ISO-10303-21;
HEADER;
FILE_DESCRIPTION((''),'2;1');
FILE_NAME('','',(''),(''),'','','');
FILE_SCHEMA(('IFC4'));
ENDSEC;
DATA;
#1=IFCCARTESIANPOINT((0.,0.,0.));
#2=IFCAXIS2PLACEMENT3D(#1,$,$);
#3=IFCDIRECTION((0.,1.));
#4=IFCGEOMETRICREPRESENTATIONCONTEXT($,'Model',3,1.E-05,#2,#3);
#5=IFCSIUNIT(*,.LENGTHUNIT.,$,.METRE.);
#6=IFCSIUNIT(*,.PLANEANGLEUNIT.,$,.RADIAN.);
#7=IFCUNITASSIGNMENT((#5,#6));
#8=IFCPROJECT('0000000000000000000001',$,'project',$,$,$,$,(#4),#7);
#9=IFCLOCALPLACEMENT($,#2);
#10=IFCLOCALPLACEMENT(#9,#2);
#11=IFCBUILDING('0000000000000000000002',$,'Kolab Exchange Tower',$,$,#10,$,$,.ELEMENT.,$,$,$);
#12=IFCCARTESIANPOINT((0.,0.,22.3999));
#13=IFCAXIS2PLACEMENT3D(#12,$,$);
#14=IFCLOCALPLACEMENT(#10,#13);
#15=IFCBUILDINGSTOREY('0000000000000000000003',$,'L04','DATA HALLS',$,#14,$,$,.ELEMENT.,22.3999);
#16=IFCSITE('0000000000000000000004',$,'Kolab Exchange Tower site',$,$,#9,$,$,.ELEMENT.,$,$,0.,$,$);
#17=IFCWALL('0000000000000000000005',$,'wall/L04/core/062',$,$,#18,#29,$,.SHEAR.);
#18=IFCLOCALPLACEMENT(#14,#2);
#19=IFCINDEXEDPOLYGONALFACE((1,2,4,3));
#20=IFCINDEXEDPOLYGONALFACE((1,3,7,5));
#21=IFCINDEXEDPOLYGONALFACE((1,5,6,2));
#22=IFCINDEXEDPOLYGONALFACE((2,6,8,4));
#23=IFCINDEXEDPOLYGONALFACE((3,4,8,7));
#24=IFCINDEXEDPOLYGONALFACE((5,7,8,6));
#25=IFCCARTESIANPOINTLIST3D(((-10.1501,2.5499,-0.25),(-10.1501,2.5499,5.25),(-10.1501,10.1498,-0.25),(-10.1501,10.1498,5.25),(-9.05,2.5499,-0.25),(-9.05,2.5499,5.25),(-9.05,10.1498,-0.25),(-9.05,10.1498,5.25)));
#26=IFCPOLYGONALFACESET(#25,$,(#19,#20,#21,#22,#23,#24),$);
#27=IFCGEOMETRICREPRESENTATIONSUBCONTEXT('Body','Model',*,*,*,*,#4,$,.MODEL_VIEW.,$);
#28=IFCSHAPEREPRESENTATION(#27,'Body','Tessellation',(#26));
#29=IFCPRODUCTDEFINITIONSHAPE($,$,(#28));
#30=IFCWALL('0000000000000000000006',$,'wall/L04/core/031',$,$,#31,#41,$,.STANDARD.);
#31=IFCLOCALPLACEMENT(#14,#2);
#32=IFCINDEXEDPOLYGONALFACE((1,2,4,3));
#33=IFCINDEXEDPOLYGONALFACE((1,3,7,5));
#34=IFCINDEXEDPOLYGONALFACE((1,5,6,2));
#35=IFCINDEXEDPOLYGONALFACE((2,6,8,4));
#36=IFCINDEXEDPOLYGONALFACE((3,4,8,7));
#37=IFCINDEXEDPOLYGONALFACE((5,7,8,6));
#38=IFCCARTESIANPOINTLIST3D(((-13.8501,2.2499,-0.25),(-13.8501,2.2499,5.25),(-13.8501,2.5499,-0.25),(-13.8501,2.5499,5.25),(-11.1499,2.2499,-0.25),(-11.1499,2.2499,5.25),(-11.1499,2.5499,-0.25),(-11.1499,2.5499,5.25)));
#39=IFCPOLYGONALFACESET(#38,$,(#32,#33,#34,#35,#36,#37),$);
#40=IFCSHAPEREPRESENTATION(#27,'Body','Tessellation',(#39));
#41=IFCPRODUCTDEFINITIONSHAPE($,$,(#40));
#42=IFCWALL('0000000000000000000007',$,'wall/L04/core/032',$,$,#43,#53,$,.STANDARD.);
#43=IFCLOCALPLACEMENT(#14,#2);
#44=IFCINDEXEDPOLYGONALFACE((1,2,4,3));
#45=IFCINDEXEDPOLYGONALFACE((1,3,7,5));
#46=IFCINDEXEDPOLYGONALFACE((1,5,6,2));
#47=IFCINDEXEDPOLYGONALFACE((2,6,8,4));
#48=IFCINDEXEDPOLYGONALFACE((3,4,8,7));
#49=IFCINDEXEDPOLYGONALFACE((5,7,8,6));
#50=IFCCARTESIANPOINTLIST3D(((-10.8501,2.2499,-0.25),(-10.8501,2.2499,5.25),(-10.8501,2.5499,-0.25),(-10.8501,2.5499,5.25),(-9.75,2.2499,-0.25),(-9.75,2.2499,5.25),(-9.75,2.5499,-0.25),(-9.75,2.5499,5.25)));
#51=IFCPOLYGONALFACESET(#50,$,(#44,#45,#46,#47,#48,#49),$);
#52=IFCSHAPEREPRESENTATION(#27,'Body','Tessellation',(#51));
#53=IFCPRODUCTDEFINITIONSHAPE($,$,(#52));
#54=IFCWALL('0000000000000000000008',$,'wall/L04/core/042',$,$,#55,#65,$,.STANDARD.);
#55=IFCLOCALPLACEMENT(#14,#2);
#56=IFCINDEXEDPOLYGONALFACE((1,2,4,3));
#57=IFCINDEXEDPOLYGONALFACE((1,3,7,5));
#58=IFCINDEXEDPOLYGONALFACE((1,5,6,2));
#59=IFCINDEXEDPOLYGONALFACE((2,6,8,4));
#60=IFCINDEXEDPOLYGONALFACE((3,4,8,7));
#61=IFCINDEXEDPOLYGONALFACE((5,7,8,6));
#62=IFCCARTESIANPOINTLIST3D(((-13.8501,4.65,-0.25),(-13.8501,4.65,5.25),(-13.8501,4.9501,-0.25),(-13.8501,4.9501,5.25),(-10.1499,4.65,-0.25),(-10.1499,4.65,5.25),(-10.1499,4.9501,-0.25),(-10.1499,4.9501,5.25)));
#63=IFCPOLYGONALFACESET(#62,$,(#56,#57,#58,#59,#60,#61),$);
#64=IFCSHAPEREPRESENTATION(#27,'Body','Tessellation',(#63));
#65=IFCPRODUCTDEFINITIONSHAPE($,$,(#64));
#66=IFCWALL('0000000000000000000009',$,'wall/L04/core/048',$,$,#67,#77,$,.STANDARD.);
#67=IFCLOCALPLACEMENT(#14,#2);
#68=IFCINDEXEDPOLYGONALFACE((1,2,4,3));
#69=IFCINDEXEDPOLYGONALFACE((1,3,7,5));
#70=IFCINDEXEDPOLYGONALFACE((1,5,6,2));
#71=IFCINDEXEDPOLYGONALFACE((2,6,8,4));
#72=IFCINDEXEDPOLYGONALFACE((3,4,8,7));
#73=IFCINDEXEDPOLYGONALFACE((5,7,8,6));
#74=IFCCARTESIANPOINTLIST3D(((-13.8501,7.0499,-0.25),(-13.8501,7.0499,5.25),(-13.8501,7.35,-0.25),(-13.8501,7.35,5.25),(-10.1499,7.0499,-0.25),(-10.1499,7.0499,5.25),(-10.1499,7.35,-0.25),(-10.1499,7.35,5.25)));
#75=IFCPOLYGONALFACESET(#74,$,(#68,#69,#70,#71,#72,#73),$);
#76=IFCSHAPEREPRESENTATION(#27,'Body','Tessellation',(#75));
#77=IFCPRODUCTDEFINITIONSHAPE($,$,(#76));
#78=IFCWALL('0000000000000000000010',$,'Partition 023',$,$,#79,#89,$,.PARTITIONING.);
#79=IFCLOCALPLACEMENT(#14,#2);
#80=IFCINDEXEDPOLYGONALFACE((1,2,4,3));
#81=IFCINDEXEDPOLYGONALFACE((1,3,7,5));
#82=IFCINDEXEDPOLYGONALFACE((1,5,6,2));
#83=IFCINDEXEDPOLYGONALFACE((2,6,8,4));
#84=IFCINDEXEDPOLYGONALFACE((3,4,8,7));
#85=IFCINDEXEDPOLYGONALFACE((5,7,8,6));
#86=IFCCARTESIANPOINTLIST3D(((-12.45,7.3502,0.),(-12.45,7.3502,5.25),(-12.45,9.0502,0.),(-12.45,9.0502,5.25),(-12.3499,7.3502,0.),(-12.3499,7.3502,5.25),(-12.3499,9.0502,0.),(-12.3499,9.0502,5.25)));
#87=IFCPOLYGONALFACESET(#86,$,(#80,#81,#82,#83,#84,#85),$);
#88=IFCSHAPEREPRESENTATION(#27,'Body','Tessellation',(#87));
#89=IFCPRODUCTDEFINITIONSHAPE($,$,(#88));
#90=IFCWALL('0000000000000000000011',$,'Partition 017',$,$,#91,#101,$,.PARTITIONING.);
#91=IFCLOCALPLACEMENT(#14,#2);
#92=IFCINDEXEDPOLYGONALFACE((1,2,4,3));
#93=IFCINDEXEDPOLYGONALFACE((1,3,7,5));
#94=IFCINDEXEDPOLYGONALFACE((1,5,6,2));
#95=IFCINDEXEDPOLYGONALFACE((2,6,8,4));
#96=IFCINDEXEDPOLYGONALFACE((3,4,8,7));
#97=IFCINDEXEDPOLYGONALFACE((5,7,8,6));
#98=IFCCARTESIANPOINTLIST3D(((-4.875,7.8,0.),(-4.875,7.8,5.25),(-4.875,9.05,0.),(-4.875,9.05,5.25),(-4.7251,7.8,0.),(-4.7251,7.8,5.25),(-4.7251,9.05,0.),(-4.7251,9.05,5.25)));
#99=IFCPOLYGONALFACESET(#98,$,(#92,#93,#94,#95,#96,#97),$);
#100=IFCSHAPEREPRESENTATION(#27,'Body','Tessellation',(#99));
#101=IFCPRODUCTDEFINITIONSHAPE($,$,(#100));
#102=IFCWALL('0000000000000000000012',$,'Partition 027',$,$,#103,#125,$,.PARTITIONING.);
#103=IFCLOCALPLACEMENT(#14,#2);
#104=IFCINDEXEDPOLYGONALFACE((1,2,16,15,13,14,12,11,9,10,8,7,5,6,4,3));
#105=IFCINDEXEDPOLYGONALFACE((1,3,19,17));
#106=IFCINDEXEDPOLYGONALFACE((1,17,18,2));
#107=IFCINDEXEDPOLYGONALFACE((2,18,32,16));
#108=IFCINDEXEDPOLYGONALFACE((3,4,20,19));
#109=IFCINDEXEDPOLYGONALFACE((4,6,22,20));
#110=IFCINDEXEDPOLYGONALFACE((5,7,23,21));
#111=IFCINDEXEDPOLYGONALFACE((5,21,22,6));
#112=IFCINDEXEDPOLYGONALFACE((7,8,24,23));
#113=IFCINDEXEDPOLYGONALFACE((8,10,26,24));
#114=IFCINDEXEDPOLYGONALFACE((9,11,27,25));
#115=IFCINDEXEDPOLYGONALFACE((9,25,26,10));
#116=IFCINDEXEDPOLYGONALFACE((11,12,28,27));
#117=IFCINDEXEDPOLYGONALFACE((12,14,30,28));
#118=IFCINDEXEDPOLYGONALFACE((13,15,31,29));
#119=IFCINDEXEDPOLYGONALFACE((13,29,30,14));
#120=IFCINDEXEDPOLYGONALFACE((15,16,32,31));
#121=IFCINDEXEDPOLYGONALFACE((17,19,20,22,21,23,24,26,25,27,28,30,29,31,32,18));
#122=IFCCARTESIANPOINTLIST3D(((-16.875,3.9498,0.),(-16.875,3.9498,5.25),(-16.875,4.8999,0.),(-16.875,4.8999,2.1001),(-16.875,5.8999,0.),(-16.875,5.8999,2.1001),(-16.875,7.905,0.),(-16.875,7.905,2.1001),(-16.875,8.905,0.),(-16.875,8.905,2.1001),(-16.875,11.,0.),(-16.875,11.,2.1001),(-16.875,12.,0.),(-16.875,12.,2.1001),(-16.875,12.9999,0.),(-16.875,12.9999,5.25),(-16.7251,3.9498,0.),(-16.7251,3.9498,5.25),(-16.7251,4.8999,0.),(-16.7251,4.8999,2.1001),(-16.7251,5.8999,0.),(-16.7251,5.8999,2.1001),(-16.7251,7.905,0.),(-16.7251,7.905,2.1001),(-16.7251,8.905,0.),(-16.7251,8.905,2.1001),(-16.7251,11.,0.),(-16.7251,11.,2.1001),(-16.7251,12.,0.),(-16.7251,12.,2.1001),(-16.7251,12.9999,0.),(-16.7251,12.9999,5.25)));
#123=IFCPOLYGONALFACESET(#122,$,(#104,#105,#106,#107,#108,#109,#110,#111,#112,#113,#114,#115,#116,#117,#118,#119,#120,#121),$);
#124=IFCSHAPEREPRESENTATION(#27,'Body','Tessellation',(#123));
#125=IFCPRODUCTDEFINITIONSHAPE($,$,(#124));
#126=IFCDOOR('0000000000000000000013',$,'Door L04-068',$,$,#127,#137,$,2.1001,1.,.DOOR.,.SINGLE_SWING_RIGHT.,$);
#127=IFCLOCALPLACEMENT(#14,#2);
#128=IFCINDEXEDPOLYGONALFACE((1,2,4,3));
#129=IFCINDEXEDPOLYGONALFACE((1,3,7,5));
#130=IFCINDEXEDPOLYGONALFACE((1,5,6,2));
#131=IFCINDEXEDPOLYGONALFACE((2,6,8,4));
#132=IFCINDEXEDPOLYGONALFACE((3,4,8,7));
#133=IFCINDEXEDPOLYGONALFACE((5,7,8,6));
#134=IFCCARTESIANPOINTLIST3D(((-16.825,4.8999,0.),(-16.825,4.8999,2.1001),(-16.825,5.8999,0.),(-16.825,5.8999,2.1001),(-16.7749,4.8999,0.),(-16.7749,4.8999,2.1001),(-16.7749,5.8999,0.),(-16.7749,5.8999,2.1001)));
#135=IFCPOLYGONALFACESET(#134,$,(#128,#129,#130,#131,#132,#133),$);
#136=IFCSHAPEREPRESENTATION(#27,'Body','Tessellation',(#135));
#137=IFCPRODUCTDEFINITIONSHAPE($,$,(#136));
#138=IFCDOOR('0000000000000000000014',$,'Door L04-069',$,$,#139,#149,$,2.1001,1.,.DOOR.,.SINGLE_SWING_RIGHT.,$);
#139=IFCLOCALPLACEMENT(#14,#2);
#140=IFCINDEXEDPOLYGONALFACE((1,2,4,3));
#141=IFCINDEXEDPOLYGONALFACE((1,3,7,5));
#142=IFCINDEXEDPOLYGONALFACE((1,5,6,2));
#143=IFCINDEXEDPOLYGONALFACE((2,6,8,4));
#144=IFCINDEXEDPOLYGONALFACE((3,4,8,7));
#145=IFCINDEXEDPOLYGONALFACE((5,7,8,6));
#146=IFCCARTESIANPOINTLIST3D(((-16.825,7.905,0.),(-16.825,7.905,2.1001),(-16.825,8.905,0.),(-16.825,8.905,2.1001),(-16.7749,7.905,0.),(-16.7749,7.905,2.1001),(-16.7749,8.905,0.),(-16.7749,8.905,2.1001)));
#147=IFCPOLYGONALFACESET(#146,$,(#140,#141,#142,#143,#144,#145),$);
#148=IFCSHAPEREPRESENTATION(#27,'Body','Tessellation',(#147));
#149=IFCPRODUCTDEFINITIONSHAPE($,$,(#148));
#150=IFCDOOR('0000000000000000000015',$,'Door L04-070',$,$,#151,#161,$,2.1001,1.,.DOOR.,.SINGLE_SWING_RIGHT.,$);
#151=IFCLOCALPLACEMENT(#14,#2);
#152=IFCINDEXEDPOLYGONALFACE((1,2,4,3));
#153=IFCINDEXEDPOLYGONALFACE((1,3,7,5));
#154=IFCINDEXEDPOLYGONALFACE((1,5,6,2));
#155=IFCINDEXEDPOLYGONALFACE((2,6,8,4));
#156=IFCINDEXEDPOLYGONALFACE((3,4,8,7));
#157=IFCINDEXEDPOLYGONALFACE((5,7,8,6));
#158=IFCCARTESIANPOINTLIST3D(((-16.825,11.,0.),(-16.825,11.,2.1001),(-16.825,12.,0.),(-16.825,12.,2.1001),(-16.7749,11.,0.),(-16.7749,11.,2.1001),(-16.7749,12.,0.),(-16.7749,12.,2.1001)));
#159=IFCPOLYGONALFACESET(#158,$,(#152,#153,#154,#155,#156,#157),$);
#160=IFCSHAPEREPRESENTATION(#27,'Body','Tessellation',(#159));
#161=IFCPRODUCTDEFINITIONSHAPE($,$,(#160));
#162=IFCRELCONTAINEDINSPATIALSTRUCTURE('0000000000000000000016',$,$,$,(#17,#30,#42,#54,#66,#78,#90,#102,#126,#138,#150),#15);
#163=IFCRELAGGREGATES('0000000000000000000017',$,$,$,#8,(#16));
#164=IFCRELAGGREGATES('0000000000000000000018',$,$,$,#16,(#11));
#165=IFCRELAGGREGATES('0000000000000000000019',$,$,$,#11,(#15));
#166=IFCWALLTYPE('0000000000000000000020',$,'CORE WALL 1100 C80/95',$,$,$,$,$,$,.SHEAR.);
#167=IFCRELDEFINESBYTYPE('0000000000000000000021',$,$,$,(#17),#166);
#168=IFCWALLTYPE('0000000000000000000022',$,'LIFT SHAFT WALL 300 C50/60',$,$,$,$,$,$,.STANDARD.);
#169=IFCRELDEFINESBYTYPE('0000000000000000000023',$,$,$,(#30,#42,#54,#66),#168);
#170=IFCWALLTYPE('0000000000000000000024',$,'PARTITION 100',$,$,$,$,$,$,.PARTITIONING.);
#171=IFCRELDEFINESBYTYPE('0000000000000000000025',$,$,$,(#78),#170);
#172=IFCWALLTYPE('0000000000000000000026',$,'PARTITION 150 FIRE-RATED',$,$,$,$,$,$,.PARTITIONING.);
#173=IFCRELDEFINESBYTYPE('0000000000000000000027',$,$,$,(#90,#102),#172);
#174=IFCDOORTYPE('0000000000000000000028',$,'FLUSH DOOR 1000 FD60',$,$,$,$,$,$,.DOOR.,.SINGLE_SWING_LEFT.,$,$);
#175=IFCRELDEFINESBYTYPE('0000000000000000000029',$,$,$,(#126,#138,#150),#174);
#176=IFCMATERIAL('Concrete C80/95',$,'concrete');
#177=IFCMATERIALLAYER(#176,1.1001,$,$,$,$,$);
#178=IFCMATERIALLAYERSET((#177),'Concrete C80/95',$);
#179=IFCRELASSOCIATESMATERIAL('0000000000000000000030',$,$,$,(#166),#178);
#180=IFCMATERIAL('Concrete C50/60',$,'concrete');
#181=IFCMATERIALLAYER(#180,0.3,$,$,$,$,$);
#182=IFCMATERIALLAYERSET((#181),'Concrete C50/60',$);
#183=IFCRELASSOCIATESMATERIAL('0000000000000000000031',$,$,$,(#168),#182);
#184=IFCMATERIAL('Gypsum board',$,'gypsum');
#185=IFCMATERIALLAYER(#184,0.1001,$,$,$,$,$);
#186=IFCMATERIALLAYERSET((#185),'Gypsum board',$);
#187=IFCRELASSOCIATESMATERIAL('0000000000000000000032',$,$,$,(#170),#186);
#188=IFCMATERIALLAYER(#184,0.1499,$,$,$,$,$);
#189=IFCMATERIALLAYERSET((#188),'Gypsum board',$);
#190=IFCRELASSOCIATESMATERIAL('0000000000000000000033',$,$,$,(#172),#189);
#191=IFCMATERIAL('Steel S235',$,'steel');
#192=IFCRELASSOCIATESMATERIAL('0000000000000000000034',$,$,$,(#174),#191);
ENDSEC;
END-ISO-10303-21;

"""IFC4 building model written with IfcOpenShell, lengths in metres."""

from ifc_helpers import new_model, si_unit, direction, frame, frame_2d, origin, place, context, subcontext, project, spatial, rectangle, extrude, material, layer, layer_set, type_object, element, fill, save


model = new_model("IFC4")

# Units and contexts
model_context = context("Model", 3, precision=1e-05, world=origin(), true_north=direction((0.0, 1.0)))
body_context = subcontext(model_context, "Body", "Model", "MODEL_VIEW")
ifc_project = project(units=[si_unit("LENGTHUNIT", "METRE"), si_unit("PLANEANGLEUNIT", "RADIAN")], contexts=[model_context])

# Site, building, storey
site_placement = place(None, origin())
site = spatial("IfcSite", under=ifc_project, at=site_placement, Name="Kolab Exchange Tower site", CompositionType="ELEMENT", RefElevation=0.0)
building_placement = place(site_placement, origin())
building = spatial("IfcBuilding", under=site, at=building_placement, Name="Kolab Exchange Tower", CompositionType="ELEMENT")
storey_placement = place(building_placement, frame((0.0, 0.0, 22.3999)))
storey = spatial("IfcBuildingStorey", under=building, at=storey_placement, Name="L04", Description="DATA HALLS", CompositionType="ELEMENT", Elevation=22.3999)

# Walls
ifc_material_1 = material(Name="Concrete C80/95", Category="concrete")
ifc_layer_1 = layer(ifc_material_1, 1.1001)
ifc_layer_set_1 = layer_set([ifc_layer_1], Name="Concrete C80/95")
wall_type_1 = type_object("IfcWallType", Name="CORE WALL 1100 C80/95", PredefinedType="SHEAR", material=ifc_layer_set_1)
wall_1_placement = place(storey_placement, frame((-9.6001, 2.55, -0.25), z_axis=(0.0, 0.0, 1.0), x_axis=(0.0, 1.0, 0.0)))
element("IfcWall", 1, at=wall_1_placement, inside=storey, type_object=wall_type_1, Name="wall/L04/core/062", PredefinedType="SHEAR", context=body_context, shape_type="SweptSolid", body=[
    extrude(rectangle(XDim=7.5999, YDim=1.1001, at=frame_2d((3.7998, 0.0))), origin(), (0.0, 0.0, 1.0), 5.5),
])
ifc_material_2 = material(Name="Concrete C50/60", Category="concrete")
ifc_layer_2 = layer(ifc_material_2, 0.3)
ifc_layer_set_2 = layer_set([ifc_layer_2], Name="Concrete C50/60")
wall_type_2 = type_object("IfcWallType", Name="LIFT SHAFT WALL 300 C50/60", PredefinedType="STANDARD", material=ifc_layer_set_2)
wall_2_placement = place(storey_placement, frame((-13.8501, 2.3999, -0.25), z_axis=(0.0, 0.0, 1.0), x_axis=(1.0, 0.0, 0.0)))
element("IfcWall", 2, at=wall_2_placement, inside=storey, type_object=wall_type_2, Name="wall/L04/core/031", PredefinedType="STANDARD", context=body_context, shape_type="SweptSolid", body=[
    extrude(rectangle(XDim=2.7002, YDim=0.3, at=frame_2d((1.3501, 0.0))), origin(), (0.0, 0.0, 1.0), 5.5),
])
wall_3_placement = place(storey_placement, frame((-10.8501, 2.3999, -0.25), z_axis=(0.0, 0.0, 1.0), x_axis=(1.0, 0.0, 0.0)))
element("IfcWall", 3, at=wall_3_placement, inside=storey, type_object=wall_type_2, Name="wall/L04/core/032", PredefinedType="STANDARD", context=body_context, shape_type="SweptSolid", body=[
    extrude(rectangle(XDim=1.1001, YDim=0.3, at=frame_2d((0.55, 0.0))), origin(), (0.0, 0.0, 1.0), 5.5),
])
for number, where, z_axis, x_axis, name in (
    (4, (-13.8501, 4.8, -0.25), (0.0, 0.0, 1.0), (1.0, 0.0, 0.0), "wall/L04/core/042"),
    (5, (-13.8501, 7.2, -0.25), (0.0, 0.0, 1.0), (1.0, 0.0, 0.0), "wall/L04/core/048"),
):
    element("IfcWall", number, at=place(storey_placement, frame(where, z_axis=z_axis, x_axis=x_axis)), inside=storey, type_object=wall_type_2, Name=name, PredefinedType="STANDARD", context=body_context, shape_type="SweptSolid", body=[
        extrude(rectangle(XDim=3.7002, YDim=0.3, at=frame_2d((1.8501, 0.0))), origin(), (0.0, 0.0, 1.0), 5.5),
    ])
ifc_material_3 = material(Name="Gypsum board", Category="gypsum")
ifc_layer_3 = layer(ifc_material_3, 0.1001)
ifc_layer_set_3 = layer_set([ifc_layer_3], Name="Gypsum board")
wall_type_3 = type_object("IfcWallType", Name="PARTITION 100", PredefinedType="PARTITIONING", material=ifc_layer_set_3)
wall_4_placement = place(storey_placement, frame((-12.3999, 7.3501, 0.0), z_axis=(0.0, 0.0, 1.0), x_axis=(0.0, 1.0, 0.0)))
element("IfcWall", 6, at=wall_4_placement, inside=storey, type_object=wall_type_3, Name="Partition 023", PredefinedType="PARTITIONING", context=body_context, shape_type="SweptSolid", body=[
    extrude(rectangle(XDim=1.7, YDim=0.1001, at=frame_2d((0.8501, 0.0))), origin(), (0.0, 0.0, 1.0), 5.25),
])
ifc_layer_4 = layer(ifc_material_3, 0.1499)
ifc_layer_set_4 = layer_set([ifc_layer_4], Name="Gypsum board")
wall_type_4 = type_object("IfcWallType", Name="PARTITION 150 FIRE-RATED", PredefinedType="PARTITIONING", material=ifc_layer_set_4)
wall_5_placement = place(storey_placement, frame((-4.8, 7.8, 0.0), z_axis=(0.0, 0.0, 1.0), x_axis=(0.0, 1.0, 0.0)))
element("IfcWall", 7, at=wall_5_placement, inside=storey, type_object=wall_type_4, Name="Partition 017", PredefinedType="PARTITIONING", context=body_context, shape_type="SweptSolid", body=[
    extrude(rectangle(XDim=1.25, YDim=0.1499, at=frame_2d((0.625, 0.0))), origin(), (0.0, 0.0, 1.0), 5.25),
])

# Wall, openings, doors
wall_6_placement = place(storey_placement, frame((-16.8, 3.95, 0.0), z_axis=(0.0, 0.0, 1.0), x_axis=(0.0, 1.0, 0.0)))
wall_6 = element("IfcWall", 8, at=wall_6_placement, inside=storey, type_object=wall_type_4, Name="Partition 027", PredefinedType="PARTITIONING", context=body_context, shape_type="SweptSolid", body=[
    extrude(rectangle(XDim=9.05, YDim=0.1499, at=frame_2d((4.5249, 0.0))), origin(), (0.0, 0.0, 1.0), 5.25),
])
opening_1_placement = place(wall_6_placement, frame((0.95, 0.0, 0.0)))
opening_1 = element("IfcOpeningElement", 9, at=opening_1_placement, cuts=wall_6, PredefinedType="OPENING", context=body_context, shape_type="SweptSolid", body=[
    extrude(rectangle(XDim=1.0, YDim=2.1001, at=frame_2d((0.5, 1.05))), frame((0.0, 0.085, 0.0), z_axis=(0.0, -1.0, 0.0), x_axis=(1.0, 0.0, 0.0)), (0.0, 0.0, 1.0), 0.1699),
])
opening_2_placement = place(wall_6_placement, frame((3.9551, 0.0, 0.0)))
opening_2 = element("IfcOpeningElement", 10, at=opening_2_placement, cuts=wall_6, PredefinedType="OPENING", context=body_context, shape_type="SweptSolid", body=[
    extrude(rectangle(XDim=1.0, YDim=2.1001, at=frame_2d((0.5, 1.05))), frame((0.0, 0.085, 0.0), z_axis=(0.0, -1.0, 0.0), x_axis=(1.0, 0.0, 0.0)), (0.0, 0.0, 1.0), 0.1699),
])
opening_3_placement = place(wall_6_placement, frame((7.05, 0.0, 0.0)))
opening_3 = element("IfcOpeningElement", 11, at=opening_3_placement, cuts=wall_6, PredefinedType="OPENING", context=body_context, shape_type="SweptSolid", body=[
    extrude(rectangle(XDim=1.0, YDim=2.1001, at=frame_2d((0.5, 1.05))), frame((0.0, 0.085, 0.0), z_axis=(0.0, -1.0, 0.0), x_axis=(1.0, 0.0, 0.0)), (0.0, 0.0, 1.0), 0.1699),
])
ifc_material_4 = material(Name="Steel S235", Category="steel")
door_type_1 = type_object("IfcDoorType", Name="FLUSH DOOR 1000 FD60", OperationType="SINGLE_SWING_LEFT", PredefinedType="DOOR", material=ifc_material_4)
door_1_placement = place(opening_1_placement, origin())
door_1 = element("IfcDoor", 12, at=door_1_placement, inside=storey, type_object=door_type_1, Name="Door L04-068", OperationType="SINGLE_SWING_RIGHT", OverallHeight=2.1001, OverallWidth=1.0, PredefinedType="DOOR", context=body_context, shape_type="SweptSolid", body=[
    extrude(rectangle(XDim=1.0, YDim=2.1001, at=frame_2d((0.5, 1.05))), frame((0.0, 0.0249, 0.0), z_axis=(0.0, -1.0, 0.0), x_axis=(1.0, 0.0, 0.0)), (0.0, 0.0, 1.0), 0.05),
])
fill(opening_1, door_1)
door_2_placement = place(opening_2_placement, origin())
door_2 = element("IfcDoor", 13, at=door_2_placement, inside=storey, type_object=door_type_1, Name="Door L04-069", OperationType="SINGLE_SWING_RIGHT", OverallHeight=2.1001, OverallWidth=1.0, PredefinedType="DOOR", context=body_context, shape_type="SweptSolid", body=[
    extrude(rectangle(XDim=1.0, YDim=2.1001, at=frame_2d((0.5, 1.05))), frame((0.0, 0.0249, 0.0), z_axis=(0.0, -1.0, 0.0), x_axis=(1.0, 0.0, 0.0)), (0.0, 0.0, 1.0), 0.05),
])
fill(opening_2, door_2)
door_3_placement = place(opening_3_placement, origin())
door_3 = element("IfcDoor", 14, at=door_3_placement, inside=storey, type_object=door_type_1, Name="Door L04-070", OperationType="SINGLE_SWING_RIGHT", OverallHeight=2.1001, OverallWidth=1.0, PredefinedType="DOOR", context=body_context, shape_type="SweptSolid", body=[
    extrude(rectangle(XDim=1.0, YDim=2.1001, at=frame_2d((0.5, 1.05))), frame((0.0, 0.0249, 0.0), z_axis=(0.0, -1.0, 0.0), x_axis=(1.0, 0.0, 0.0)), (0.0, 0.0, 1.0), 0.05),
])
fill(opening_3, door_3)

save(model, "model.ifc")
